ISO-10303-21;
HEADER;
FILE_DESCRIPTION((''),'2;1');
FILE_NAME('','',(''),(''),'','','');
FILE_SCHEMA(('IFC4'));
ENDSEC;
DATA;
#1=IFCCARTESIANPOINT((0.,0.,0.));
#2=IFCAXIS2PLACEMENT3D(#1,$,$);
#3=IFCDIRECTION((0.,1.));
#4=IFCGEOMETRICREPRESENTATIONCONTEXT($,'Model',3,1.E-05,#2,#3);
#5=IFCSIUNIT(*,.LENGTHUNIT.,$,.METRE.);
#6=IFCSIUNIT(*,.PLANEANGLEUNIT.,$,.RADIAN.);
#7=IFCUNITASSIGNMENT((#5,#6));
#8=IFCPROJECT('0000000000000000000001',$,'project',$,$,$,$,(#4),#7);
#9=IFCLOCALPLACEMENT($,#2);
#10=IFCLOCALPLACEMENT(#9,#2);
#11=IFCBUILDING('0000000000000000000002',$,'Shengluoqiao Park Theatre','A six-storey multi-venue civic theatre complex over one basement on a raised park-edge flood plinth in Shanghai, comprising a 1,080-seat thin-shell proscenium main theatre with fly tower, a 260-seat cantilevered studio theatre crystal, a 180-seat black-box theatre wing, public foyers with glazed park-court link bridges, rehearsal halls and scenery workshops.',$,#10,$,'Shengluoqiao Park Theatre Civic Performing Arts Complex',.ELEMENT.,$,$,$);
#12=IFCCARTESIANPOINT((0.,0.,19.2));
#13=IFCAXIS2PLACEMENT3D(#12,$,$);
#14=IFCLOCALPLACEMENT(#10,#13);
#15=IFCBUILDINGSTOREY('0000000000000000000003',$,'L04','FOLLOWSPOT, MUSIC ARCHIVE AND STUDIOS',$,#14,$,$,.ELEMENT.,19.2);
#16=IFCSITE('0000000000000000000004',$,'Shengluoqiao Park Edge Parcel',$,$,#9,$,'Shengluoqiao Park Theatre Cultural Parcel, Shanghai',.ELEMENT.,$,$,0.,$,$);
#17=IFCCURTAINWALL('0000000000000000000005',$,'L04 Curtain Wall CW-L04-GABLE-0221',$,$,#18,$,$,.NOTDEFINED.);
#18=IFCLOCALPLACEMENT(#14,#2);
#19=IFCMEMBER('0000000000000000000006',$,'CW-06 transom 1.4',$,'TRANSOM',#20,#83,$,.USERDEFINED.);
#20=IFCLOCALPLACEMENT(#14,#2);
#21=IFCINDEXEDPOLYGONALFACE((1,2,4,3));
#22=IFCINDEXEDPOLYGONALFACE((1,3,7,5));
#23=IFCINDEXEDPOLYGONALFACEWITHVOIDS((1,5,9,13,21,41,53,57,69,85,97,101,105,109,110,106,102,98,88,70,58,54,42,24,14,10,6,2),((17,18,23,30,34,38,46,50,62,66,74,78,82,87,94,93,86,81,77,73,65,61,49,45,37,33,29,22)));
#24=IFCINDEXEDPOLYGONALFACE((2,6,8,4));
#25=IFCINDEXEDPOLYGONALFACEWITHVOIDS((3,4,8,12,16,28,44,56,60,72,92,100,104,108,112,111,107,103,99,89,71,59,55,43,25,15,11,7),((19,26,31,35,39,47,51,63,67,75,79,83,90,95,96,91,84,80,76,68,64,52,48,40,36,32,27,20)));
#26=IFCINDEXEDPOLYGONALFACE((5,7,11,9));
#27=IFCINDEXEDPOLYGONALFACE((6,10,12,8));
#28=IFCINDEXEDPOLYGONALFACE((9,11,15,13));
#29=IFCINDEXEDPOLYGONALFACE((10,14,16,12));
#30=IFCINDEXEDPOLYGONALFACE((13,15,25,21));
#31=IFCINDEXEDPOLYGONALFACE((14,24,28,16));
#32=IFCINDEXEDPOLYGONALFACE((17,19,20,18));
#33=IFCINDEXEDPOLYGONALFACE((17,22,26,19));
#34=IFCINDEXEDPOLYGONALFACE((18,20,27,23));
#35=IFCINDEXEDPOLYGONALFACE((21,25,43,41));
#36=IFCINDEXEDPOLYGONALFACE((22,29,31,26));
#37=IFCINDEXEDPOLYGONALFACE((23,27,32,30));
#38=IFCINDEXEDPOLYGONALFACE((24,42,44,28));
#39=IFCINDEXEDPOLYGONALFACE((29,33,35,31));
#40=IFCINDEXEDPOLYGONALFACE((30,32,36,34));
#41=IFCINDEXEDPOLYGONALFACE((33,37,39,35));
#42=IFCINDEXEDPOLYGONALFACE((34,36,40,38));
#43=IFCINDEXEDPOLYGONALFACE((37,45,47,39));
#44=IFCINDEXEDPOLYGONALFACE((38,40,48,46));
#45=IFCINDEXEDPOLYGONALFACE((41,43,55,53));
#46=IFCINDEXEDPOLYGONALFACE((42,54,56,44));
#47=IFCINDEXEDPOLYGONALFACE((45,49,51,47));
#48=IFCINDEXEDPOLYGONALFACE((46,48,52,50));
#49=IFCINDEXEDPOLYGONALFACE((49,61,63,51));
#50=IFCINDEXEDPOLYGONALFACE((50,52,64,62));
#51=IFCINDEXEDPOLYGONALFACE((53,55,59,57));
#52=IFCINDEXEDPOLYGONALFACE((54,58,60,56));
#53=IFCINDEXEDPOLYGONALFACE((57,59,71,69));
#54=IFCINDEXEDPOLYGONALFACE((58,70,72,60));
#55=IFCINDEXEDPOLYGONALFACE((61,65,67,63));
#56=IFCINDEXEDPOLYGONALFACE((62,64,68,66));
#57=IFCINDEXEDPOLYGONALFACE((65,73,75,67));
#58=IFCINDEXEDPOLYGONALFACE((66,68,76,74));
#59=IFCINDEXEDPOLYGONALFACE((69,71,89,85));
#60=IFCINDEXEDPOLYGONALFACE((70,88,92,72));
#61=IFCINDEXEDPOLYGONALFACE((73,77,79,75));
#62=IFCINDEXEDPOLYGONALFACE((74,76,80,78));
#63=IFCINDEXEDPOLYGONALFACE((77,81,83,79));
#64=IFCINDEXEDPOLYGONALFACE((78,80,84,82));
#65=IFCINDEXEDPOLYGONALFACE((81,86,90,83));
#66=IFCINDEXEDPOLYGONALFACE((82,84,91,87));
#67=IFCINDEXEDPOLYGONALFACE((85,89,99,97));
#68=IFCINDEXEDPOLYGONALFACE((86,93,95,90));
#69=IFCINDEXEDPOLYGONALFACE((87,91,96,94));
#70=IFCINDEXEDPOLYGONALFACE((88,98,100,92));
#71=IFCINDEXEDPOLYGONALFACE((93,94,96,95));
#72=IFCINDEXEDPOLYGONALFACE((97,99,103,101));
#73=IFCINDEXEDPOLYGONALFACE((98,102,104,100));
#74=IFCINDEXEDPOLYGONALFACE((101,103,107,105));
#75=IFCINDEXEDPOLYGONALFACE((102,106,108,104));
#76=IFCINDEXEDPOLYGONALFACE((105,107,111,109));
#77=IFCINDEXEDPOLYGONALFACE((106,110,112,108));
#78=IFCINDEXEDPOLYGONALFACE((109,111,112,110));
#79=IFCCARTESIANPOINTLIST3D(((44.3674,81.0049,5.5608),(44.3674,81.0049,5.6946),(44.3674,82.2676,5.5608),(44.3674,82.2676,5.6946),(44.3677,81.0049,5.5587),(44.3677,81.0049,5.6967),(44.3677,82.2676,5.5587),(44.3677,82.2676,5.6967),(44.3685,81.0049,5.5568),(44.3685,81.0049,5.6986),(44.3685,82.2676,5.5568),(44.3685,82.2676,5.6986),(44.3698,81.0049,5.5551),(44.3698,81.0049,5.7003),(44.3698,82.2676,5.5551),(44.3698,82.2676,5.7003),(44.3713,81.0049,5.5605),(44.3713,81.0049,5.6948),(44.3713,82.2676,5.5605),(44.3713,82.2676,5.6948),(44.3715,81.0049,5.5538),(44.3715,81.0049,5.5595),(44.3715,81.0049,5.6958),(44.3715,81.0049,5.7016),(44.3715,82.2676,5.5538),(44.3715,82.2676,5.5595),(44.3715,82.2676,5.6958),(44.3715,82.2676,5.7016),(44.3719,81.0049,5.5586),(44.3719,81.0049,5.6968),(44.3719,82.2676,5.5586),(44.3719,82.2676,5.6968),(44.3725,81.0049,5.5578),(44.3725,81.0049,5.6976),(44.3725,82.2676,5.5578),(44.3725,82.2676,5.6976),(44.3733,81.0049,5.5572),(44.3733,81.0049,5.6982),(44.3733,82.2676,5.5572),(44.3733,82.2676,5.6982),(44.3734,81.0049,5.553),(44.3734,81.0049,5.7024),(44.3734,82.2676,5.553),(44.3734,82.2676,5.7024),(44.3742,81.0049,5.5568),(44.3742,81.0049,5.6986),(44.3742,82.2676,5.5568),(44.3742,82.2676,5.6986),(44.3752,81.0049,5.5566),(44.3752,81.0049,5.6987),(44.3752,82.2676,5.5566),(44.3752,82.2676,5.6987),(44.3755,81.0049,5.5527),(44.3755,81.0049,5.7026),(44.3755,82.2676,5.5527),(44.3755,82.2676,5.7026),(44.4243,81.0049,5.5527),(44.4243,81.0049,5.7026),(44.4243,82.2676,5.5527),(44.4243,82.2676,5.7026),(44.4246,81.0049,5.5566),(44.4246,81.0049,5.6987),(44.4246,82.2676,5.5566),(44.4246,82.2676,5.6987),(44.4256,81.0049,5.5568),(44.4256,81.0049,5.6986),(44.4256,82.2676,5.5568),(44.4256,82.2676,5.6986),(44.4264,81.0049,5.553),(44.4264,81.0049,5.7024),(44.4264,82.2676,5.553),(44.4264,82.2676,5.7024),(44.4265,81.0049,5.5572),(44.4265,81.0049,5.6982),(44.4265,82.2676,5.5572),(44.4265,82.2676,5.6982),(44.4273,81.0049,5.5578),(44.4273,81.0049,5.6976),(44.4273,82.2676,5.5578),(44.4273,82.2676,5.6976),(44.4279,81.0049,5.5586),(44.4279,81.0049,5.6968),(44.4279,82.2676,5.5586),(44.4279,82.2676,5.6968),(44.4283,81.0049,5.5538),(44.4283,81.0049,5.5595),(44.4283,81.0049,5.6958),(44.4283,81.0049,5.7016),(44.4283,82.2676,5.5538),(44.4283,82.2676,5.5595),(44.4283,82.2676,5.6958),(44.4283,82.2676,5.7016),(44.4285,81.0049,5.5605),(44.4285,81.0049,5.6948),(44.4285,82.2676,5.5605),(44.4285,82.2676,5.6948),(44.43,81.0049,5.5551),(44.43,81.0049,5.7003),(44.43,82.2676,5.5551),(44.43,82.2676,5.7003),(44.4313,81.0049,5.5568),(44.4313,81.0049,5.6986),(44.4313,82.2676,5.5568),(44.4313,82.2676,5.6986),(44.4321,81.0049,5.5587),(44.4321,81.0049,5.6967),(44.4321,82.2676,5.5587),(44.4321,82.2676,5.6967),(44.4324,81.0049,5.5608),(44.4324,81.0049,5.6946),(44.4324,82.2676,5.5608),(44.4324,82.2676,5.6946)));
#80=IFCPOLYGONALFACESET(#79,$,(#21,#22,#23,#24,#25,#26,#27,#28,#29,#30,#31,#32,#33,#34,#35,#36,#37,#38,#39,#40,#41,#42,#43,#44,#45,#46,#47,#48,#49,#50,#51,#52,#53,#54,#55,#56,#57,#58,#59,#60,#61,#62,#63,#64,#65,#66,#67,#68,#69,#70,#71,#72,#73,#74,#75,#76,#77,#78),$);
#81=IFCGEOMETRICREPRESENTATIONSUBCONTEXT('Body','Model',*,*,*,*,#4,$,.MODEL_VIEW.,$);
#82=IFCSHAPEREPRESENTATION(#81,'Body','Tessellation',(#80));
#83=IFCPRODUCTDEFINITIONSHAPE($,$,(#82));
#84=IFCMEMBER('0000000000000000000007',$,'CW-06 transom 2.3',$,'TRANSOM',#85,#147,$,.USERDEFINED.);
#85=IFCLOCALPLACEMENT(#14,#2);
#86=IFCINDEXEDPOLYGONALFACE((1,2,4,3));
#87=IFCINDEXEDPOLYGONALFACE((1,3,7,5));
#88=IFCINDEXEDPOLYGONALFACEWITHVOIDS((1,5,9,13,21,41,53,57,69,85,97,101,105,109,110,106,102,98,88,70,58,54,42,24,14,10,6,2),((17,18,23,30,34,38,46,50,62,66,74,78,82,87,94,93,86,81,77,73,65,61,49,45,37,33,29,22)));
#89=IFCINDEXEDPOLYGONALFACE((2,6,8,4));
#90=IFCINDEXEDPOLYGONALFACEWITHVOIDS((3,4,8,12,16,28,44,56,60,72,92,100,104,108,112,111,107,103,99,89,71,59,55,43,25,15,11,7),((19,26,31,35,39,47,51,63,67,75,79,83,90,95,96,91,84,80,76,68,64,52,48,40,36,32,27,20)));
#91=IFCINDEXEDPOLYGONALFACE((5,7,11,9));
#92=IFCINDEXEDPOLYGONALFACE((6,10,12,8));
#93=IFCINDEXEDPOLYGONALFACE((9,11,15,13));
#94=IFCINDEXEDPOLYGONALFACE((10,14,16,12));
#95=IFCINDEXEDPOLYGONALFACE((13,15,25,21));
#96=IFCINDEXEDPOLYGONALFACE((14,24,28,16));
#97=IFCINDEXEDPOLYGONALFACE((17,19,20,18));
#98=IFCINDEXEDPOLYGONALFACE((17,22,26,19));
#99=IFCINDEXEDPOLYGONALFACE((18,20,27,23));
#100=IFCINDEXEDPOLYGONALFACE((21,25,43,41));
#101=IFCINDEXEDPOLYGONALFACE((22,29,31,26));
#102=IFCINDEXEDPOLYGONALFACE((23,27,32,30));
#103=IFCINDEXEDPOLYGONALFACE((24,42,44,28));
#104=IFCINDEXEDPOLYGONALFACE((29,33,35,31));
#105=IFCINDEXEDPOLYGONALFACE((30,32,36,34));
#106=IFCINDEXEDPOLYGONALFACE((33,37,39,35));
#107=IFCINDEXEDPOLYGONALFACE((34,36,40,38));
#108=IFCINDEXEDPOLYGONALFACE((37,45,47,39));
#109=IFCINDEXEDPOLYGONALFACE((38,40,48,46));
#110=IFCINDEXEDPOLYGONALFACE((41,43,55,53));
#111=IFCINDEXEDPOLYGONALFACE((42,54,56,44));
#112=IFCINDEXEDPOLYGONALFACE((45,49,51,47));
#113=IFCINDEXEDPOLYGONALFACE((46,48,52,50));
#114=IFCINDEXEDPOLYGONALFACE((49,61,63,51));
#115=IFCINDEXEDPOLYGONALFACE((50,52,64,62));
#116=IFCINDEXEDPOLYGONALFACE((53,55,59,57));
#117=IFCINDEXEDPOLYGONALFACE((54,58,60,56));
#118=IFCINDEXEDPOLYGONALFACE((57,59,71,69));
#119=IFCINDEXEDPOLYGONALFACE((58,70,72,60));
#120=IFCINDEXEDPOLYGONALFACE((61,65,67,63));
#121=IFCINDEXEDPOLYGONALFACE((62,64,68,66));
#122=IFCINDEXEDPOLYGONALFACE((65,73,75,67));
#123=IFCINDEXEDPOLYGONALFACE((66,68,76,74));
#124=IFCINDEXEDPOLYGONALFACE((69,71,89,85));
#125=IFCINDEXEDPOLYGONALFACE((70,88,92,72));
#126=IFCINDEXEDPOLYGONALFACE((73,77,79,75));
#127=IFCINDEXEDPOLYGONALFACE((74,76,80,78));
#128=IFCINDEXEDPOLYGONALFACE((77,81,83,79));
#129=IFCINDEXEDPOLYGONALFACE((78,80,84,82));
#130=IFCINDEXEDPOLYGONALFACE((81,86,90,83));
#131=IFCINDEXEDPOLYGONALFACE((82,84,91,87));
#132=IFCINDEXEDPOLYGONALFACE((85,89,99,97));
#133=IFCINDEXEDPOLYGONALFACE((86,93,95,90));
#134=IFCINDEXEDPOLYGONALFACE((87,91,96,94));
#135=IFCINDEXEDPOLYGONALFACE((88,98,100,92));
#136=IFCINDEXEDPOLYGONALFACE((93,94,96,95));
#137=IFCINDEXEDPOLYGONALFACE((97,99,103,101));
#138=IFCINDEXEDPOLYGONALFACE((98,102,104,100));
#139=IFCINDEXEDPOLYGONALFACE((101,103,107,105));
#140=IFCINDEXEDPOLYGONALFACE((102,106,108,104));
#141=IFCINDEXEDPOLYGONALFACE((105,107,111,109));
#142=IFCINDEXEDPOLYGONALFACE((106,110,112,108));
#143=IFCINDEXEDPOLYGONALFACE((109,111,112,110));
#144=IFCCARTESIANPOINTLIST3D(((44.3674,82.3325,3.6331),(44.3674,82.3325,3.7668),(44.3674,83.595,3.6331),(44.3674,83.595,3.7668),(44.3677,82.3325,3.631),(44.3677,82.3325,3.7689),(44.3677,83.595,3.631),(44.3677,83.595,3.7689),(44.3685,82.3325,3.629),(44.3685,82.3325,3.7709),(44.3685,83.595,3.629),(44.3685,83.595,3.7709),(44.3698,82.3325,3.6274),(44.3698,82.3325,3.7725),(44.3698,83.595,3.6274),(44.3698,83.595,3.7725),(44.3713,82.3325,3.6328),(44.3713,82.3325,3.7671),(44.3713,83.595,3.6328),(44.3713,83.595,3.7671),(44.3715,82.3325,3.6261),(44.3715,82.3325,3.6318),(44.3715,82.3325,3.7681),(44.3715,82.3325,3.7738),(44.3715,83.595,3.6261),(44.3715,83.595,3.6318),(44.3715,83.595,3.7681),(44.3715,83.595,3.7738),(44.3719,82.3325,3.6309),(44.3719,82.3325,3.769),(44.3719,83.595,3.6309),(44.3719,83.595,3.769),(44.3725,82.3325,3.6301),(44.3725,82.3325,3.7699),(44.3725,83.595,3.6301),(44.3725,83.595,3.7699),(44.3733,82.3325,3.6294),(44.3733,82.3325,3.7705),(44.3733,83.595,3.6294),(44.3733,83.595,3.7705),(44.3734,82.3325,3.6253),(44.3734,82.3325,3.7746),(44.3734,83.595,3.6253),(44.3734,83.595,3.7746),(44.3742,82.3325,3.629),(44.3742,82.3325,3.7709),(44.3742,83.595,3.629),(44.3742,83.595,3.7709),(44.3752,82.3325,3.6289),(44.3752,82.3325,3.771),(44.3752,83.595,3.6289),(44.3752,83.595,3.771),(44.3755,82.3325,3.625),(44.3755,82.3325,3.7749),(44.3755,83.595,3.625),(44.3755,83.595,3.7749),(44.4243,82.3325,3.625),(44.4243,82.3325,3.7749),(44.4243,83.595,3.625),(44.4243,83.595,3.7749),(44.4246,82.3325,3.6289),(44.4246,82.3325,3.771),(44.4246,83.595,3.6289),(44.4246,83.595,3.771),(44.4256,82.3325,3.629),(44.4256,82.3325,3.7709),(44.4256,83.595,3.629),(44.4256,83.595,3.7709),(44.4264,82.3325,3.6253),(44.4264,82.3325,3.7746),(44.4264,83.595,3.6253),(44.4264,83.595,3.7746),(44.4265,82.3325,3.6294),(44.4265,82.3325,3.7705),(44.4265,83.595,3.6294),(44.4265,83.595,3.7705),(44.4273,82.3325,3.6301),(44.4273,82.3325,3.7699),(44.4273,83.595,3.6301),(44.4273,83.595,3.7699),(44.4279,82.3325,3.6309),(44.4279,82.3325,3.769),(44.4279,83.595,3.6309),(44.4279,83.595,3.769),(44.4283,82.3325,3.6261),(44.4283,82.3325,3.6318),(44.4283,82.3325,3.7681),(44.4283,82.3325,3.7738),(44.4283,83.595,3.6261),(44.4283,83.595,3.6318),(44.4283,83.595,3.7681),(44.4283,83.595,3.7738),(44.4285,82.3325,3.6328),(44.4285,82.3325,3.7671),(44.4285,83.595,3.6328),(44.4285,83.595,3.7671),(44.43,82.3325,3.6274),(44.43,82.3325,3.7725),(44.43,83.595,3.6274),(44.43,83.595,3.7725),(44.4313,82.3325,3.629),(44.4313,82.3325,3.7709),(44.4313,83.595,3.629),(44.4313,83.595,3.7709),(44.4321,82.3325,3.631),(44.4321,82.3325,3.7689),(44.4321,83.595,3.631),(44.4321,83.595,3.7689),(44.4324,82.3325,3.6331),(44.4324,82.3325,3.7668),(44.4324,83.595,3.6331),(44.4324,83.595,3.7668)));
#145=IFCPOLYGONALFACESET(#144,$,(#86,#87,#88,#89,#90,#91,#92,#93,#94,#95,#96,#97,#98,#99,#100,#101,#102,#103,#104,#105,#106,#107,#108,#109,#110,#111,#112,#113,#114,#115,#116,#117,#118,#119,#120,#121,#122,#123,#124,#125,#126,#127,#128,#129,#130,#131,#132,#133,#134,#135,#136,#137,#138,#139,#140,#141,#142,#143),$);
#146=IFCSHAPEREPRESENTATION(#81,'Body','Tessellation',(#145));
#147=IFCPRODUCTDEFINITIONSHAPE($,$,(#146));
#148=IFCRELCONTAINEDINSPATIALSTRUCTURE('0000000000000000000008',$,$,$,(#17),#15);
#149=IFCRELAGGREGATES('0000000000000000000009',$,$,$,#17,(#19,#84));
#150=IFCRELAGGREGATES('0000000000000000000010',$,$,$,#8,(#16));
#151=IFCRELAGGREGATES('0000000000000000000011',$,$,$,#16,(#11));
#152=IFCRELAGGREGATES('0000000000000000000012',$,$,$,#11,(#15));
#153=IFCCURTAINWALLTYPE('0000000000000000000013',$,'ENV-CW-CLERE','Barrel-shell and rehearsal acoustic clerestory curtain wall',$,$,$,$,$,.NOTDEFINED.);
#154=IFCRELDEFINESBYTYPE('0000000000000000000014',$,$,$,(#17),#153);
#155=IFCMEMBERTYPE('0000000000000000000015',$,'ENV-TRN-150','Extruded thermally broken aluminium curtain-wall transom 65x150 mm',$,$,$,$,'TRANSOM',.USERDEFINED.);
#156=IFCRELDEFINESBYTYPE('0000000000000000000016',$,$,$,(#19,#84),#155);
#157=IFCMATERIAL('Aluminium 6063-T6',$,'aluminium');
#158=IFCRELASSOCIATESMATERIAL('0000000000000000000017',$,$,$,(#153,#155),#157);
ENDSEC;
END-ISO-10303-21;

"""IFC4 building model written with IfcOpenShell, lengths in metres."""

from ifc_helpers import new_model, si_unit, direction, frame, origin, origin_2d, place, context, subcontext, project, spatial, hollow_rectangle, extrude, material, material_profile, profile_set, type_object, element, aggregate, save


model = new_model("IFC4")

# Units and contexts
model_context = context("Model", 3, precision=1e-05, world=origin(), true_north=direction((0.0, 1.0)))
body_context = subcontext(model_context, "Body", "Model", "MODEL_VIEW")
ifc_project = project(units=[si_unit("LENGTHUNIT", "METRE"), si_unit("PLANEANGLEUNIT", "RADIAN")], contexts=[model_context])

# Site, building, storey
site_placement = place(None, origin())
site = spatial("IfcSite", under=ifc_project, at=site_placement, Name="Shengluoqiao Park Edge Parcel", LongName="Shengluoqiao Park Theatre Cultural Parcel, Shanghai", CompositionType="ELEMENT", RefElevation=0.0)
building_placement = place(site_placement, origin())
building = spatial("IfcBuilding", under=site, at=building_placement, Name="Shengluoqiao Park Theatre", Description="A six-storey multi-venue civic theatre complex over one basement on a raised park-edge flood plinth in Shanghai, comprising a 1,080-seat thin-shell proscenium main theatre with fly tower, a 260-seat cantilevered studio theatre crystal, a 180-seat black-box theatre wing, public foyers with glazed park-court link bridges, rehearsal halls and scenery workshops.", LongName="Shengluoqiao Park Theatre Civic Performing Arts Complex", CompositionType="ELEMENT")
storey_placement = place(building_placement, frame((0.0, 0.0, 19.2)))
storey = spatial("IfcBuildingStorey", under=building, at=storey_placement, Name="L04", Description="FOLLOWSPOT, MUSIC ARCHIVE AND STUDIOS", CompositionType="ELEMENT", Elevation=19.2)

# Shared definitions
ifc_material_1 = material(Name="Aluminium 6063-T6", Category="aluminium")
curtain_wall_type = type_object("IfcCurtainWallType", Name="ENV-CW-CLERE", Description="Barrel-shell and rehearsal acoustic clerestory curtain wall", PredefinedType="NOTDEFINED", material=ifc_material_1)
ifc_material_profile = material_profile(ifc_material_1, hollow_rectangle(XDim=0.0649, YDim=0.1499, WallThickness=0.0039, InnerFilletRadius=0.0039, OuterFilletRadius=0.0081, at=origin_2d()), Name="ALU TRANSOM 150x65x4")
ifc_profile_set = profile_set([ifc_material_profile], Name="Aluminium 6063-T6")
member_type = type_object("IfcMemberType", Name="ENV-TRN-150", Description="Extruded thermally broken aluminium curtain-wall transom 65x150 mm", ElementType="TRANSOM", PredefinedType="USERDEFINED", material=ifc_profile_set)

# Curtain wall, members
curtain_wall_1_placement = place(storey_placement, origin())
curtain_wall_1 = element("IfcCurtainWall", 1, at=curtain_wall_1_placement, inside=storey, type_object=curtain_wall_type, Name="L04 Curtain Wall CW-L04-GABLE-0221", PredefinedType="NOTDEFINED")
member_1_placement = place(storey_placement, frame((44.3999, 81.0049, 5.6277), z_axis=(0.0, 1.0, 0.0), x_axis=(-1.0, 0.0, 0.0)))
member_1 = element("IfcMember", 2, at=member_1_placement, type_object=member_type, Name="CW-06 transom 1.4", ObjectType="TRANSOM", PredefinedType="USERDEFINED", context=body_context, shape_type="SweptSolid", body=[
    extrude(hollow_rectangle(XDim=0.0649, YDim=0.1499, WallThickness=0.0039, InnerFilletRadius=0.0039, OuterFilletRadius=0.0081, at=origin_2d()), origin(), (0.0, 0.0, 1.0), 1.2627),
])
member_2_placement = place(storey_placement, frame((44.3999, 82.3325, 3.7), z_axis=(0.0, 1.0, 0.0), x_axis=(-1.0, 0.0, 0.0)))
member_2 = element("IfcMember", 3, at=member_2_placement, type_object=member_type, Name="CW-06 transom 2.3", ObjectType="TRANSOM", PredefinedType="USERDEFINED", context=body_context, shape_type="SweptSolid", body=[
    extrude(hollow_rectangle(XDim=0.0649, YDim=0.1499, WallThickness=0.0039, InnerFilletRadius=0.0039, OuterFilletRadius=0.0081, at=origin_2d()), origin(), (0.0, 0.0, 1.0), 1.2625),
])

aggregate(curtain_wall_1, [member_1, member_2])

save(model, "model.ifc")
